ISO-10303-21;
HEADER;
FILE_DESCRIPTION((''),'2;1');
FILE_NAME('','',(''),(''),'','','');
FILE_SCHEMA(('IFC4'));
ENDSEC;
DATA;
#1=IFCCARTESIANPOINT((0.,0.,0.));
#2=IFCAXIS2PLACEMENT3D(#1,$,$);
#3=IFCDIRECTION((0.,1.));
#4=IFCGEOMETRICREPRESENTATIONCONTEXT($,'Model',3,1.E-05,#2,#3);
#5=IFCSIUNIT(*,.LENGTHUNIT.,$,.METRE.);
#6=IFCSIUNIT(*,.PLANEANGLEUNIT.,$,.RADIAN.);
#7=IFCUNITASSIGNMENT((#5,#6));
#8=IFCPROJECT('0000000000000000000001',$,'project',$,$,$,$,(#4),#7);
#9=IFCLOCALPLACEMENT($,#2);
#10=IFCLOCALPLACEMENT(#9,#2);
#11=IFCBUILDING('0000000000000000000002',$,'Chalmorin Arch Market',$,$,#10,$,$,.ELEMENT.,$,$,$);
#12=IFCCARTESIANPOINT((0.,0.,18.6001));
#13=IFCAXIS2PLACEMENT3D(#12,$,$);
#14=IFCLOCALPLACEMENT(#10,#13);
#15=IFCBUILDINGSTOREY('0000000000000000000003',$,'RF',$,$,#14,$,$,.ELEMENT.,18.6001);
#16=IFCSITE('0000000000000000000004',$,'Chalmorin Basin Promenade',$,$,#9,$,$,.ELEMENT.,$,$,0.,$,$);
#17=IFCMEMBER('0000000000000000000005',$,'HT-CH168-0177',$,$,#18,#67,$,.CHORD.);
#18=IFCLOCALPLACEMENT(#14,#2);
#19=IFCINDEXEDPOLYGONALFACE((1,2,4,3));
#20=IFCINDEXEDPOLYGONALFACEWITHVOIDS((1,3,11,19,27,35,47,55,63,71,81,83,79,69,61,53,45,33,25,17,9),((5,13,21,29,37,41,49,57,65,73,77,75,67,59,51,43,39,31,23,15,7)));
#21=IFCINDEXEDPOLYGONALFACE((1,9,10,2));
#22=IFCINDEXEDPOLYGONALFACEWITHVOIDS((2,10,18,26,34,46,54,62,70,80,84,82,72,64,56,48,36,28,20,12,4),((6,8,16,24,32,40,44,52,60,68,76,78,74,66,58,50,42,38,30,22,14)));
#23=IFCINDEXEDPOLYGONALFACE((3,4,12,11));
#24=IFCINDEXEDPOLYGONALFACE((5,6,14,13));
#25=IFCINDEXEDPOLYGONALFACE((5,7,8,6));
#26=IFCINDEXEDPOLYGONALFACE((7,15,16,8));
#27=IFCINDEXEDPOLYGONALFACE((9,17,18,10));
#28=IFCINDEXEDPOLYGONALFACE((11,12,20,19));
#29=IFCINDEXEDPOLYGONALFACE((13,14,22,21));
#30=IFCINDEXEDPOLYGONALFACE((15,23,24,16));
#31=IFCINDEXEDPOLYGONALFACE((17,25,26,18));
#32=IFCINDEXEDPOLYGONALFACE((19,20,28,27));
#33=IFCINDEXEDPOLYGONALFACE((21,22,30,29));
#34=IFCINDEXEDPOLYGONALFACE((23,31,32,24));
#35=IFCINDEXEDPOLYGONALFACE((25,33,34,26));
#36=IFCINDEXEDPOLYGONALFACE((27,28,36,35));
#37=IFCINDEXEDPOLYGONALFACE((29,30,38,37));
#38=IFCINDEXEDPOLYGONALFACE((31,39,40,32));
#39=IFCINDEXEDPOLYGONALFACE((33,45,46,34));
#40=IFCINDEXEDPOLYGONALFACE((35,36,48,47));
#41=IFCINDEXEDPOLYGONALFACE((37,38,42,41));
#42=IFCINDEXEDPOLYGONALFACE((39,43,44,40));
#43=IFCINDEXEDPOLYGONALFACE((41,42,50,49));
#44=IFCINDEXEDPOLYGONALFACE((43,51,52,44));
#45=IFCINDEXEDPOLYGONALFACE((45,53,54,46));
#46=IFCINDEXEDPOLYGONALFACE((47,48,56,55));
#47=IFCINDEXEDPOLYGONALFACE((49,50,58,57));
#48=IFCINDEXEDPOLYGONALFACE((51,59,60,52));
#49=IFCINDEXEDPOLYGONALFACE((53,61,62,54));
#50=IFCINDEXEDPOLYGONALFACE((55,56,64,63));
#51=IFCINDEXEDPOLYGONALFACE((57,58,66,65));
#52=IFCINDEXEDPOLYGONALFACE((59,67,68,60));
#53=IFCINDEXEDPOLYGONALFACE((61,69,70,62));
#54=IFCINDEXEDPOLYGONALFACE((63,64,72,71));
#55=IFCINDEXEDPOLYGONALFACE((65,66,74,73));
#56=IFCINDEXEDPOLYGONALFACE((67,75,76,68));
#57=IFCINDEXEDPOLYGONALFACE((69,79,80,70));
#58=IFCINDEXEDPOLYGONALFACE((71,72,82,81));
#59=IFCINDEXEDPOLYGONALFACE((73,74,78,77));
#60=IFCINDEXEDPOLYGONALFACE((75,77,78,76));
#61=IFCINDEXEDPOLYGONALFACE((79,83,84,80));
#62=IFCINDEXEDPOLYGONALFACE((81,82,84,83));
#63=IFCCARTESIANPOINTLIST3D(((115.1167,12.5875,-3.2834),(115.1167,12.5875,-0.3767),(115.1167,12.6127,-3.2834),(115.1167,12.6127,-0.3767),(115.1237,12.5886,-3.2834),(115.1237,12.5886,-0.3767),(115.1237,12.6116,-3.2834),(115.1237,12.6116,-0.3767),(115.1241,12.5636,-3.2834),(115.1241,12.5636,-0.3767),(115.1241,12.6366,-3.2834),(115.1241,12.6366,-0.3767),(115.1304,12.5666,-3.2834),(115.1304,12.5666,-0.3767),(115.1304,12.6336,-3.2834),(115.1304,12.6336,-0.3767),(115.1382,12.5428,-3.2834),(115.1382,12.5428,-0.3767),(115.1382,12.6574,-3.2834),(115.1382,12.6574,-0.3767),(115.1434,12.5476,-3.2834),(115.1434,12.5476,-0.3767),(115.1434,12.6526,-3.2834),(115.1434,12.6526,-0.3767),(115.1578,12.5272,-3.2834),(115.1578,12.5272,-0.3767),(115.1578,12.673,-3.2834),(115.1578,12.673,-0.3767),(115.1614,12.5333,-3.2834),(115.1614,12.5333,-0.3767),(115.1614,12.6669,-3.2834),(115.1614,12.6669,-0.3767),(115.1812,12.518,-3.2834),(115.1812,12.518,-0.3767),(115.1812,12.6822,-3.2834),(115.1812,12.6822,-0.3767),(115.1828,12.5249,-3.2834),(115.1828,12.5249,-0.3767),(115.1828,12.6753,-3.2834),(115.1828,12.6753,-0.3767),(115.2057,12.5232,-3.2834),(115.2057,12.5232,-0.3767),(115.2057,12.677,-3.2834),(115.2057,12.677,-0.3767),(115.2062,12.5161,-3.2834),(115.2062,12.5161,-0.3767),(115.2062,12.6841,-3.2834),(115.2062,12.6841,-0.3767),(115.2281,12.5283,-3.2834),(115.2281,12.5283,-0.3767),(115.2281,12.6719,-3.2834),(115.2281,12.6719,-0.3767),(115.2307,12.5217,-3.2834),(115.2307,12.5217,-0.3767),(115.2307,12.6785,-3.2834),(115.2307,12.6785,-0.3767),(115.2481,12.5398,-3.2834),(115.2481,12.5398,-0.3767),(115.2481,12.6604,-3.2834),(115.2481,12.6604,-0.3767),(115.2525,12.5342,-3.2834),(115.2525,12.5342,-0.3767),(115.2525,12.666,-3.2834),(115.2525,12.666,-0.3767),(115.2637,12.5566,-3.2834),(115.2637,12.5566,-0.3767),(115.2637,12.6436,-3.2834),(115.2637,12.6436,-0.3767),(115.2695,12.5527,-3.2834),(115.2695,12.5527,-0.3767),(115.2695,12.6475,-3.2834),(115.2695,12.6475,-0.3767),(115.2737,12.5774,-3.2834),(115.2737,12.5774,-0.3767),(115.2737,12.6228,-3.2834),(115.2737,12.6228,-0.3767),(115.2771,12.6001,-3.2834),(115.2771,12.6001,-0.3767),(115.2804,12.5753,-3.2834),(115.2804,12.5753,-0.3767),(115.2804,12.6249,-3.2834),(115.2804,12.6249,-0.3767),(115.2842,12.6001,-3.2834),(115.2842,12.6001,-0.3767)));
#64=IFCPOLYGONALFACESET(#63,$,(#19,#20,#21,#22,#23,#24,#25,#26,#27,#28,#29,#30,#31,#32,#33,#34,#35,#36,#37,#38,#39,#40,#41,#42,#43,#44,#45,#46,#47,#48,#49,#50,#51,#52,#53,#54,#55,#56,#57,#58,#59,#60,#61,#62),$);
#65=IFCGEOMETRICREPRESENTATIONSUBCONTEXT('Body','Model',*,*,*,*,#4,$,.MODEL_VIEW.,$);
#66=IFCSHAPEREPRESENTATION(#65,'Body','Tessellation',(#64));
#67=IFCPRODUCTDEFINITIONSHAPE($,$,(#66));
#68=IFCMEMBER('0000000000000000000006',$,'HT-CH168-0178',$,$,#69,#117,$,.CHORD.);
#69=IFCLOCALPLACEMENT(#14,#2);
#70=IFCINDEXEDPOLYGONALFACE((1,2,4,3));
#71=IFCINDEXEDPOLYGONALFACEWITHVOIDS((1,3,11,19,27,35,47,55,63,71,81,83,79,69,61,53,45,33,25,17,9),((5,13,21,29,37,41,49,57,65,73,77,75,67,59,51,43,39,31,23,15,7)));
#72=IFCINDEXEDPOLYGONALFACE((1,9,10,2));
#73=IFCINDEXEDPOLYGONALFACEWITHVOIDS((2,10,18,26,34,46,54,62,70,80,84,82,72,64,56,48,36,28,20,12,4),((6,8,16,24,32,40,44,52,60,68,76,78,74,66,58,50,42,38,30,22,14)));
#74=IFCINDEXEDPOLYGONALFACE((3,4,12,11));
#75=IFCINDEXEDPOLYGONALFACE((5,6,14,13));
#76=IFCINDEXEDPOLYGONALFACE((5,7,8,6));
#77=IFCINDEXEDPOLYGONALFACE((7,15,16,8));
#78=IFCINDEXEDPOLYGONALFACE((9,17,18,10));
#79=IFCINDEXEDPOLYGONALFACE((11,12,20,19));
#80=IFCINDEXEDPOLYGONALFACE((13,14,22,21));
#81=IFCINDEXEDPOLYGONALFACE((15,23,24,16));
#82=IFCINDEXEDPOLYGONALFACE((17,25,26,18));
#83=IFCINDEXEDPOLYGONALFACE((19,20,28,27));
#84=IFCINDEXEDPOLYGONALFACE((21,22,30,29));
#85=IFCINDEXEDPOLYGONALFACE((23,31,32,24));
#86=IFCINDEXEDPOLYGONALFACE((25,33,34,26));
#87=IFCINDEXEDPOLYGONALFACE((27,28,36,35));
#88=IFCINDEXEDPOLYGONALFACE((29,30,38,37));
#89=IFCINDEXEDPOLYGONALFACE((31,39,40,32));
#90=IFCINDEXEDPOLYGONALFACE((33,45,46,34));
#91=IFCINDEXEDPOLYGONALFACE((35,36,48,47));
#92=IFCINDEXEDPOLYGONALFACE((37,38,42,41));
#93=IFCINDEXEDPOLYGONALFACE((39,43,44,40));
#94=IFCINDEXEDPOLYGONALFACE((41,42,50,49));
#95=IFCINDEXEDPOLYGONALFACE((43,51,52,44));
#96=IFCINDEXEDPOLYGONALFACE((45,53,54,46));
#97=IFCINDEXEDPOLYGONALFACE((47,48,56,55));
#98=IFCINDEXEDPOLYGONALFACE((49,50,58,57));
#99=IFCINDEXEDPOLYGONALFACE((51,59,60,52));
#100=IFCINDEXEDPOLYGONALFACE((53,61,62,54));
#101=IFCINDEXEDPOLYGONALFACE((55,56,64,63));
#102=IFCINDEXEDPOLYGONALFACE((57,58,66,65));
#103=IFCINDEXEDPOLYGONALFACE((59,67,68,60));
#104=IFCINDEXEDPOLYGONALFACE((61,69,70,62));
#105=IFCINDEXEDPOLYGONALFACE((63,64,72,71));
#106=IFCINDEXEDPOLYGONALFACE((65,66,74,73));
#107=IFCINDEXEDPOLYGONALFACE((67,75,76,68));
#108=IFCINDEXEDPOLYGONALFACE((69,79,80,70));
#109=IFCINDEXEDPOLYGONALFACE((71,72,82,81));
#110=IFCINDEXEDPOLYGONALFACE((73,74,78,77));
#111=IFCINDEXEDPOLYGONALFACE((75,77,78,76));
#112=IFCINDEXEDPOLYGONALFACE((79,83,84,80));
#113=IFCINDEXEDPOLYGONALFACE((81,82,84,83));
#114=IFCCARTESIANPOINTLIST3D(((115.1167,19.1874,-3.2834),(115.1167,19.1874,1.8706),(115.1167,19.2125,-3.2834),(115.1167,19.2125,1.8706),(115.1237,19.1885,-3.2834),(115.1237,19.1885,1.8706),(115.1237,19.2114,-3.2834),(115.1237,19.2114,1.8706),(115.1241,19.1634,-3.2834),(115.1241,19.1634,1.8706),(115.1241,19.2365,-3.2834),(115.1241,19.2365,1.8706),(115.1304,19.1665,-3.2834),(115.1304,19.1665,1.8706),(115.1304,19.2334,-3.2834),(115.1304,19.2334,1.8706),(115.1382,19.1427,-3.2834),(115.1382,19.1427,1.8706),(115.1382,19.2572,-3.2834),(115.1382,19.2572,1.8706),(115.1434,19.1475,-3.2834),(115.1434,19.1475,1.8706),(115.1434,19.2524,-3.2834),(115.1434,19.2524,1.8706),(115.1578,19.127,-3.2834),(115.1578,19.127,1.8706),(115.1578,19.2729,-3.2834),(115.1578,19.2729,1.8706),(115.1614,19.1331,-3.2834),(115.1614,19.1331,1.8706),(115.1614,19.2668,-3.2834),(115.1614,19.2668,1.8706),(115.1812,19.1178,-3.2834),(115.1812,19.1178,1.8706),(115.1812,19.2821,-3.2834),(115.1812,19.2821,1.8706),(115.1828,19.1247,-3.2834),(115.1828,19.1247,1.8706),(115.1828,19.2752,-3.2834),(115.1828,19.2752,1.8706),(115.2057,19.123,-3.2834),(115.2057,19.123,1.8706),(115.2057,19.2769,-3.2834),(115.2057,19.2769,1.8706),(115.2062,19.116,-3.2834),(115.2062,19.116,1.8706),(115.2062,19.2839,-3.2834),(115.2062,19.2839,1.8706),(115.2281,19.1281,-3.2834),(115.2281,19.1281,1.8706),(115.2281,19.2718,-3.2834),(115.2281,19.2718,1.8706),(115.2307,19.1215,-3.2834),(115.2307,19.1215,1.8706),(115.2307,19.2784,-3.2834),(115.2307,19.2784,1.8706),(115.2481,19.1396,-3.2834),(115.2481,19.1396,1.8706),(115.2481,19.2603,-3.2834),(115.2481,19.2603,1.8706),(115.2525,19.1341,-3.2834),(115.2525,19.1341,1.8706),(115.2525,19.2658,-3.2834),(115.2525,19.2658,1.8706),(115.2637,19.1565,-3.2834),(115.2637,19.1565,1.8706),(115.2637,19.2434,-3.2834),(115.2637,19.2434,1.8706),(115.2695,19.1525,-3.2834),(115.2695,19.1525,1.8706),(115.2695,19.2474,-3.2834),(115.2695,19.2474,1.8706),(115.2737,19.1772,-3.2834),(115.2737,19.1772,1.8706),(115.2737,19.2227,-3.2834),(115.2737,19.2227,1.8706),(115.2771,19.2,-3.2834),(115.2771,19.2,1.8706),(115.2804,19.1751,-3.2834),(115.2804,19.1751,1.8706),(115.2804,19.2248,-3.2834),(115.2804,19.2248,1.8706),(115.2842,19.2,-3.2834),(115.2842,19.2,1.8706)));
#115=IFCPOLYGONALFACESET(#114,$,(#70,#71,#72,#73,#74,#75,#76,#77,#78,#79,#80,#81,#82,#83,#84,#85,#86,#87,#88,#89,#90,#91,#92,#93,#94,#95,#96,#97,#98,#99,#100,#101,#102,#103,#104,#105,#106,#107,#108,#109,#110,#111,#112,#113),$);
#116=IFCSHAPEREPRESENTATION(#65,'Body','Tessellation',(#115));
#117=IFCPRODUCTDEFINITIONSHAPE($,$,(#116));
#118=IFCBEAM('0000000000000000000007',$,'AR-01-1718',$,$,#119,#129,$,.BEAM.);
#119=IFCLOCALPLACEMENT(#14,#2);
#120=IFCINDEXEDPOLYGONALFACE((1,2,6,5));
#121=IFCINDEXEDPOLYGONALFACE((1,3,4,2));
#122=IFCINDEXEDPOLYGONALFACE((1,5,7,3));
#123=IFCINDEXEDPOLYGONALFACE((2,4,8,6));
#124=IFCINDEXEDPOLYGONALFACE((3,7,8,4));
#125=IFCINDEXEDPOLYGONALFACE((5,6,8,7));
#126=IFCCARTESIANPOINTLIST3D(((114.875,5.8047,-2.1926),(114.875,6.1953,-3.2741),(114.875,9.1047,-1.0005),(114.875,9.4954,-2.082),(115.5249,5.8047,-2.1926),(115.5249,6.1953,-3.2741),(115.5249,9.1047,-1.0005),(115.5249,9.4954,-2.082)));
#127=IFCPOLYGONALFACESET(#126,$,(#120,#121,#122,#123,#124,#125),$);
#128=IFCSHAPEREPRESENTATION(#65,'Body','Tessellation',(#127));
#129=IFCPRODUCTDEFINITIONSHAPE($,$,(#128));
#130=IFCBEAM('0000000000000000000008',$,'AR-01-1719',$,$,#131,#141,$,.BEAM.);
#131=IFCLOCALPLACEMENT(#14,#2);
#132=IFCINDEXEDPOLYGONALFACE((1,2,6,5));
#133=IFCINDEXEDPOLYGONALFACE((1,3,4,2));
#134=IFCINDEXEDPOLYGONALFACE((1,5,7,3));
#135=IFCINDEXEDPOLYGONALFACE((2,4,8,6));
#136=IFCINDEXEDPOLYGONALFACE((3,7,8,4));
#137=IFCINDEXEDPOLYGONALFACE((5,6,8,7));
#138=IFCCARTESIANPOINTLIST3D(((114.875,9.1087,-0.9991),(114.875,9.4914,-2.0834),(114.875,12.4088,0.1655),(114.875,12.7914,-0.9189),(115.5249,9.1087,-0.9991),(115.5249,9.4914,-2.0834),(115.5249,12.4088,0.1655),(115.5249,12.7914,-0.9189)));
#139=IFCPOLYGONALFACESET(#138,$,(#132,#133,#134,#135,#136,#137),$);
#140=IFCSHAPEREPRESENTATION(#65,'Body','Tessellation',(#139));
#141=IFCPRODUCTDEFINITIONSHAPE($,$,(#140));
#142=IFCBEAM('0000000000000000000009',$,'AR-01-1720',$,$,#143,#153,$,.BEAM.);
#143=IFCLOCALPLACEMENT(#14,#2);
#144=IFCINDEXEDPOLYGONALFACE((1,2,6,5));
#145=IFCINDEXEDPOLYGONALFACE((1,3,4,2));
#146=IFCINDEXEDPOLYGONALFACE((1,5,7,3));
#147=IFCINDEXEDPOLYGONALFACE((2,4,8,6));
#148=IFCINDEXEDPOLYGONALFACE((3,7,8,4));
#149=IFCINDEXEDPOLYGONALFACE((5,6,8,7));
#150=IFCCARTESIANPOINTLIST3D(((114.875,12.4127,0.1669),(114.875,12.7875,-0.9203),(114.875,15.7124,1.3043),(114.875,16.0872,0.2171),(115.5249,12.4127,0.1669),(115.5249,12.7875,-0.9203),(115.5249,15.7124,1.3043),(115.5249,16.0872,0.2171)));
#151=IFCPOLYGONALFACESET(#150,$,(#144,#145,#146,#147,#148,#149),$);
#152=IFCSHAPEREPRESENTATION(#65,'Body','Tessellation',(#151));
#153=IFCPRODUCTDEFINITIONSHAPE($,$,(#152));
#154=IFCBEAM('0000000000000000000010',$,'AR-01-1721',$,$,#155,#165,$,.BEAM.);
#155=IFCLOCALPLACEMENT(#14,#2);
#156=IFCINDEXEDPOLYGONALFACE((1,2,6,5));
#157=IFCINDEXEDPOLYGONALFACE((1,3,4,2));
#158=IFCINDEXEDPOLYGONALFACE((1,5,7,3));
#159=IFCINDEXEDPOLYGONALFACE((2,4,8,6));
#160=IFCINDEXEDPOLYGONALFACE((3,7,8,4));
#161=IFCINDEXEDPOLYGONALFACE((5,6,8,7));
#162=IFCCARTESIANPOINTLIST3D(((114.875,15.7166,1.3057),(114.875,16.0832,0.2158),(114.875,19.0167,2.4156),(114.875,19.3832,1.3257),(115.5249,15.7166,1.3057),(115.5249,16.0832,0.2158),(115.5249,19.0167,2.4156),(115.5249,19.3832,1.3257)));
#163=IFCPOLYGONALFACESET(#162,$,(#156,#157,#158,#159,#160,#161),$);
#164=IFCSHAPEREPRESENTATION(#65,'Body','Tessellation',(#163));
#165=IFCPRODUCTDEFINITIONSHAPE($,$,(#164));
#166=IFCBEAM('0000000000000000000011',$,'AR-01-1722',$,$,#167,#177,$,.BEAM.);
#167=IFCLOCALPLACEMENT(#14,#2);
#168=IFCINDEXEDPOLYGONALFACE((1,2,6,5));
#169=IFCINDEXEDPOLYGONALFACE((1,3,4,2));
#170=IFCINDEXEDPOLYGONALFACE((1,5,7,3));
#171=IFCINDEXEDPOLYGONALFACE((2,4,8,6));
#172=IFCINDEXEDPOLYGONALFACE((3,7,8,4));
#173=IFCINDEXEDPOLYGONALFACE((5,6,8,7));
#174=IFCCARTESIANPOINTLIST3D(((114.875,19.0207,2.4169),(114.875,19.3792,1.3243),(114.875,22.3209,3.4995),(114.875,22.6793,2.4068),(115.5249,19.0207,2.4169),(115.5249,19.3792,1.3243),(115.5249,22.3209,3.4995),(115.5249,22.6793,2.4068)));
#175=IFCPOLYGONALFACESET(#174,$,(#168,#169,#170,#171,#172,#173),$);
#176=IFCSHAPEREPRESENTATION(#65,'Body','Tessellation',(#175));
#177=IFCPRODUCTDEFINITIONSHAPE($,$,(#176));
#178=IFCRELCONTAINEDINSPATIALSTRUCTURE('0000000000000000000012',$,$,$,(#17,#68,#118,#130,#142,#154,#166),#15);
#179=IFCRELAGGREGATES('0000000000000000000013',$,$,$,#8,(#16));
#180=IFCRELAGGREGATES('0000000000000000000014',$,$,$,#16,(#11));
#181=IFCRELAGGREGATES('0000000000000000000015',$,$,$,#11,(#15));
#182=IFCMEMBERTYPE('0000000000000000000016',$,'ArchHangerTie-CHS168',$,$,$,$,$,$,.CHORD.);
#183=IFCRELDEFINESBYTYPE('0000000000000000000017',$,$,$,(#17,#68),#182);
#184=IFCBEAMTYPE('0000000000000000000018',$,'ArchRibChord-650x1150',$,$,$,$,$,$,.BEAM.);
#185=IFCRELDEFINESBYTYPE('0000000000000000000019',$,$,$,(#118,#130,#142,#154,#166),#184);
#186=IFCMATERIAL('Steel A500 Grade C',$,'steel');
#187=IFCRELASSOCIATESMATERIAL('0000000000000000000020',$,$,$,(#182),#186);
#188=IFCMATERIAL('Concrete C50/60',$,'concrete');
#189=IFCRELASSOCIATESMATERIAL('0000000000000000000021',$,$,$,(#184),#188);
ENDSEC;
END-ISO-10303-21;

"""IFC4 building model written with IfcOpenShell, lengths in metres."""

from ifc_helpers import new_model, si_unit, direction, frame, origin, origin_2d, place, context, subcontext, project, spatial, rectangle, hollow_circle, extrude, material, material_profile, profile_set, type_object, element, save


model = new_model("IFC4")

# Units and contexts
model_context = context("Model", 3, precision=1e-05, world=origin(), true_north=direction((0.0, 1.0)))
body_context = subcontext(model_context, "Body", "Model", "MODEL_VIEW")
ifc_project = project(units=[si_unit("LENGTHUNIT", "METRE"), si_unit("PLANEANGLEUNIT", "RADIAN")], contexts=[model_context])

# Site, building, storey
site_placement = place(None, origin())
site = spatial("IfcSite", under=ifc_project, at=site_placement, Name="Chalmorin Basin Promenade", CompositionType="ELEMENT", RefElevation=0.0)
building_placement = place(site_placement, origin())
building = spatial("IfcBuilding", under=site, at=building_placement, Name="Chalmorin Arch Market", CompositionType="ELEMENT")
storey_placement = place(building_placement, frame((0.0, 0.0, 18.6001)))
storey = spatial("IfcBuildingStorey", under=building, at=storey_placement, Name="RF", CompositionType="ELEMENT", Elevation=18.6001)

# Members
ifc_material_1 = material(Name="Steel A500 Grade C", Category="steel")
ifc_material_profile_1 = material_profile(ifc_material_1, hollow_circle(Radius=0.0842, WallThickness=0.0071, at=origin_2d()), Name="CHS168X7")
ifc_profile_set_1 = profile_set([ifc_material_profile_1], Name="Steel A500 Grade C")
member_type_1 = type_object("IfcMemberType", Name="ArchHangerTie-CHS168", PredefinedType="CHORD", material=ifc_profile_set_1)
member_1_placement = place(storey_placement, frame((115.2, 12.6001, -3.2834), z_axis=(0.0, 0.0, 1.0), x_axis=(1.0, 0.0, 0.0)))
element("IfcMember", 1, at=member_1_placement, inside=storey, type_object=member_type_1, Name="HT-CH168-0177", PredefinedType="CHORD", context=body_context, shape_type="SweptSolid", body=[
    extrude(hollow_circle(Radius=0.0842, WallThickness=0.0071, at=origin_2d()), origin(), (0.0, 0.0, 1.0), 2.9067),
])
member_2_placement = place(storey_placement, frame((115.2, 19.2, -3.2834), z_axis=(0.0, 0.0, 1.0), x_axis=(1.0, 0.0, 0.0)))
element("IfcMember", 2, at=member_2_placement, inside=storey, type_object=member_type_1, Name="HT-CH168-0178", PredefinedType="CHORD", context=body_context, shape_type="SweptSolid", body=[
    extrude(hollow_circle(Radius=0.0842, WallThickness=0.0071, at=origin_2d()), origin(), (0.0, 0.0, 1.0), 5.1541),
])

# Beams
ifc_material_2 = material(Name="Concrete C50/60", Category="concrete")
ifc_material_profile_2 = material_profile(ifc_material_2, rectangle(XDim=0.6499, YDim=1.1499, at=origin_2d()), Name="RC650X1150")
ifc_profile_set_2 = profile_set([ifc_material_profile_2], Name="Concrete C50/60")
beam_type = type_object("IfcBeamType", Name="ArchRibChord-650x1150", PredefinedType="BEAM", material=ifc_profile_set_2)
beam_1_placement = place(storey_placement, frame((115.2, 6.0, -2.7334), z_axis=(0.0, 0.940513, 0.339759), x_axis=(-1.0, 0.0, 0.0)))
element("IfcBeam", 3, at=beam_1_placement, inside=storey, type_object=beam_type, Name="AR-01-1718", PredefinedType="BEAM", context=body_context, shape_type="SweptSolid", body=[
    extrude(rectangle(XDim=0.6499, YDim=1.1499, at=origin_2d()), origin(), (0.0, 0.0, 1.0), 3.5088),
])
beam_2_placement = place(storey_placement, frame((115.2, 9.3, -1.5413), z_axis=(0.0, 0.943006, 0.332776), x_axis=(-1.0, 0.0, 0.0)))
element("IfcBeam", 4, at=beam_2_placement, inside=storey, type_object=beam_type, Name="AR-01-1719", PredefinedType="BEAM", context=body_context, shape_type="SweptSolid", body=[
    extrude(rectangle(XDim=0.6499, YDim=1.1499, at=origin_2d()), origin(), (0.0, 0.0, 1.0), 3.4995),
])
beam_3_placement = place(storey_placement, frame((115.2, 12.6001, -0.3767), z_axis=(0.0, 0.945409, 0.325885), x_axis=(-1.0, 0.0, 0.0)))
element("IfcBeam", 5, at=beam_3_placement, inside=storey, type_object=beam_type, Name="AR-01-1720", PredefinedType="BEAM", context=body_context, shape_type="SweptSolid", body=[
    extrude(rectangle(XDim=0.6499, YDim=1.1499, at=origin_2d()), origin(), (0.0, 0.0, 1.0), 3.4902),
])
beam_4_placement = place(storey_placement, frame((115.2, 15.8999, 0.7607), z_axis=(0.0, 0.947831, 0.318772), x_axis=(-1.0, 0.0, 0.0)))
element("IfcBeam", 6, at=beam_4_placement, inside=storey, type_object=beam_type, Name="AR-01-1721", PredefinedType="BEAM", context=body_context, shape_type="SweptSolid", body=[
    extrude(rectangle(XDim=0.6499, YDim=1.1499, at=origin_2d()), origin(), (0.0, 0.0, 1.0), 3.4817),
])
beam_5_placement = place(storey_placement, frame((115.2, 19.2, 1.8706), z_axis=(0.0, 0.950184, 0.31169), x_axis=(-1.0, 0.0, 0.0)))
element("IfcBeam", 7, at=beam_5_placement, inside=storey, type_object=beam_type, Name="AR-01-1722", PredefinedType="BEAM", context=body_context, shape_type="SweptSolid", body=[
    extrude(rectangle(XDim=0.6499, YDim=1.1499, at=origin_2d()), origin(), (0.0, 0.0, 1.0), 3.4731),
])

save(model, "model.ifc")
